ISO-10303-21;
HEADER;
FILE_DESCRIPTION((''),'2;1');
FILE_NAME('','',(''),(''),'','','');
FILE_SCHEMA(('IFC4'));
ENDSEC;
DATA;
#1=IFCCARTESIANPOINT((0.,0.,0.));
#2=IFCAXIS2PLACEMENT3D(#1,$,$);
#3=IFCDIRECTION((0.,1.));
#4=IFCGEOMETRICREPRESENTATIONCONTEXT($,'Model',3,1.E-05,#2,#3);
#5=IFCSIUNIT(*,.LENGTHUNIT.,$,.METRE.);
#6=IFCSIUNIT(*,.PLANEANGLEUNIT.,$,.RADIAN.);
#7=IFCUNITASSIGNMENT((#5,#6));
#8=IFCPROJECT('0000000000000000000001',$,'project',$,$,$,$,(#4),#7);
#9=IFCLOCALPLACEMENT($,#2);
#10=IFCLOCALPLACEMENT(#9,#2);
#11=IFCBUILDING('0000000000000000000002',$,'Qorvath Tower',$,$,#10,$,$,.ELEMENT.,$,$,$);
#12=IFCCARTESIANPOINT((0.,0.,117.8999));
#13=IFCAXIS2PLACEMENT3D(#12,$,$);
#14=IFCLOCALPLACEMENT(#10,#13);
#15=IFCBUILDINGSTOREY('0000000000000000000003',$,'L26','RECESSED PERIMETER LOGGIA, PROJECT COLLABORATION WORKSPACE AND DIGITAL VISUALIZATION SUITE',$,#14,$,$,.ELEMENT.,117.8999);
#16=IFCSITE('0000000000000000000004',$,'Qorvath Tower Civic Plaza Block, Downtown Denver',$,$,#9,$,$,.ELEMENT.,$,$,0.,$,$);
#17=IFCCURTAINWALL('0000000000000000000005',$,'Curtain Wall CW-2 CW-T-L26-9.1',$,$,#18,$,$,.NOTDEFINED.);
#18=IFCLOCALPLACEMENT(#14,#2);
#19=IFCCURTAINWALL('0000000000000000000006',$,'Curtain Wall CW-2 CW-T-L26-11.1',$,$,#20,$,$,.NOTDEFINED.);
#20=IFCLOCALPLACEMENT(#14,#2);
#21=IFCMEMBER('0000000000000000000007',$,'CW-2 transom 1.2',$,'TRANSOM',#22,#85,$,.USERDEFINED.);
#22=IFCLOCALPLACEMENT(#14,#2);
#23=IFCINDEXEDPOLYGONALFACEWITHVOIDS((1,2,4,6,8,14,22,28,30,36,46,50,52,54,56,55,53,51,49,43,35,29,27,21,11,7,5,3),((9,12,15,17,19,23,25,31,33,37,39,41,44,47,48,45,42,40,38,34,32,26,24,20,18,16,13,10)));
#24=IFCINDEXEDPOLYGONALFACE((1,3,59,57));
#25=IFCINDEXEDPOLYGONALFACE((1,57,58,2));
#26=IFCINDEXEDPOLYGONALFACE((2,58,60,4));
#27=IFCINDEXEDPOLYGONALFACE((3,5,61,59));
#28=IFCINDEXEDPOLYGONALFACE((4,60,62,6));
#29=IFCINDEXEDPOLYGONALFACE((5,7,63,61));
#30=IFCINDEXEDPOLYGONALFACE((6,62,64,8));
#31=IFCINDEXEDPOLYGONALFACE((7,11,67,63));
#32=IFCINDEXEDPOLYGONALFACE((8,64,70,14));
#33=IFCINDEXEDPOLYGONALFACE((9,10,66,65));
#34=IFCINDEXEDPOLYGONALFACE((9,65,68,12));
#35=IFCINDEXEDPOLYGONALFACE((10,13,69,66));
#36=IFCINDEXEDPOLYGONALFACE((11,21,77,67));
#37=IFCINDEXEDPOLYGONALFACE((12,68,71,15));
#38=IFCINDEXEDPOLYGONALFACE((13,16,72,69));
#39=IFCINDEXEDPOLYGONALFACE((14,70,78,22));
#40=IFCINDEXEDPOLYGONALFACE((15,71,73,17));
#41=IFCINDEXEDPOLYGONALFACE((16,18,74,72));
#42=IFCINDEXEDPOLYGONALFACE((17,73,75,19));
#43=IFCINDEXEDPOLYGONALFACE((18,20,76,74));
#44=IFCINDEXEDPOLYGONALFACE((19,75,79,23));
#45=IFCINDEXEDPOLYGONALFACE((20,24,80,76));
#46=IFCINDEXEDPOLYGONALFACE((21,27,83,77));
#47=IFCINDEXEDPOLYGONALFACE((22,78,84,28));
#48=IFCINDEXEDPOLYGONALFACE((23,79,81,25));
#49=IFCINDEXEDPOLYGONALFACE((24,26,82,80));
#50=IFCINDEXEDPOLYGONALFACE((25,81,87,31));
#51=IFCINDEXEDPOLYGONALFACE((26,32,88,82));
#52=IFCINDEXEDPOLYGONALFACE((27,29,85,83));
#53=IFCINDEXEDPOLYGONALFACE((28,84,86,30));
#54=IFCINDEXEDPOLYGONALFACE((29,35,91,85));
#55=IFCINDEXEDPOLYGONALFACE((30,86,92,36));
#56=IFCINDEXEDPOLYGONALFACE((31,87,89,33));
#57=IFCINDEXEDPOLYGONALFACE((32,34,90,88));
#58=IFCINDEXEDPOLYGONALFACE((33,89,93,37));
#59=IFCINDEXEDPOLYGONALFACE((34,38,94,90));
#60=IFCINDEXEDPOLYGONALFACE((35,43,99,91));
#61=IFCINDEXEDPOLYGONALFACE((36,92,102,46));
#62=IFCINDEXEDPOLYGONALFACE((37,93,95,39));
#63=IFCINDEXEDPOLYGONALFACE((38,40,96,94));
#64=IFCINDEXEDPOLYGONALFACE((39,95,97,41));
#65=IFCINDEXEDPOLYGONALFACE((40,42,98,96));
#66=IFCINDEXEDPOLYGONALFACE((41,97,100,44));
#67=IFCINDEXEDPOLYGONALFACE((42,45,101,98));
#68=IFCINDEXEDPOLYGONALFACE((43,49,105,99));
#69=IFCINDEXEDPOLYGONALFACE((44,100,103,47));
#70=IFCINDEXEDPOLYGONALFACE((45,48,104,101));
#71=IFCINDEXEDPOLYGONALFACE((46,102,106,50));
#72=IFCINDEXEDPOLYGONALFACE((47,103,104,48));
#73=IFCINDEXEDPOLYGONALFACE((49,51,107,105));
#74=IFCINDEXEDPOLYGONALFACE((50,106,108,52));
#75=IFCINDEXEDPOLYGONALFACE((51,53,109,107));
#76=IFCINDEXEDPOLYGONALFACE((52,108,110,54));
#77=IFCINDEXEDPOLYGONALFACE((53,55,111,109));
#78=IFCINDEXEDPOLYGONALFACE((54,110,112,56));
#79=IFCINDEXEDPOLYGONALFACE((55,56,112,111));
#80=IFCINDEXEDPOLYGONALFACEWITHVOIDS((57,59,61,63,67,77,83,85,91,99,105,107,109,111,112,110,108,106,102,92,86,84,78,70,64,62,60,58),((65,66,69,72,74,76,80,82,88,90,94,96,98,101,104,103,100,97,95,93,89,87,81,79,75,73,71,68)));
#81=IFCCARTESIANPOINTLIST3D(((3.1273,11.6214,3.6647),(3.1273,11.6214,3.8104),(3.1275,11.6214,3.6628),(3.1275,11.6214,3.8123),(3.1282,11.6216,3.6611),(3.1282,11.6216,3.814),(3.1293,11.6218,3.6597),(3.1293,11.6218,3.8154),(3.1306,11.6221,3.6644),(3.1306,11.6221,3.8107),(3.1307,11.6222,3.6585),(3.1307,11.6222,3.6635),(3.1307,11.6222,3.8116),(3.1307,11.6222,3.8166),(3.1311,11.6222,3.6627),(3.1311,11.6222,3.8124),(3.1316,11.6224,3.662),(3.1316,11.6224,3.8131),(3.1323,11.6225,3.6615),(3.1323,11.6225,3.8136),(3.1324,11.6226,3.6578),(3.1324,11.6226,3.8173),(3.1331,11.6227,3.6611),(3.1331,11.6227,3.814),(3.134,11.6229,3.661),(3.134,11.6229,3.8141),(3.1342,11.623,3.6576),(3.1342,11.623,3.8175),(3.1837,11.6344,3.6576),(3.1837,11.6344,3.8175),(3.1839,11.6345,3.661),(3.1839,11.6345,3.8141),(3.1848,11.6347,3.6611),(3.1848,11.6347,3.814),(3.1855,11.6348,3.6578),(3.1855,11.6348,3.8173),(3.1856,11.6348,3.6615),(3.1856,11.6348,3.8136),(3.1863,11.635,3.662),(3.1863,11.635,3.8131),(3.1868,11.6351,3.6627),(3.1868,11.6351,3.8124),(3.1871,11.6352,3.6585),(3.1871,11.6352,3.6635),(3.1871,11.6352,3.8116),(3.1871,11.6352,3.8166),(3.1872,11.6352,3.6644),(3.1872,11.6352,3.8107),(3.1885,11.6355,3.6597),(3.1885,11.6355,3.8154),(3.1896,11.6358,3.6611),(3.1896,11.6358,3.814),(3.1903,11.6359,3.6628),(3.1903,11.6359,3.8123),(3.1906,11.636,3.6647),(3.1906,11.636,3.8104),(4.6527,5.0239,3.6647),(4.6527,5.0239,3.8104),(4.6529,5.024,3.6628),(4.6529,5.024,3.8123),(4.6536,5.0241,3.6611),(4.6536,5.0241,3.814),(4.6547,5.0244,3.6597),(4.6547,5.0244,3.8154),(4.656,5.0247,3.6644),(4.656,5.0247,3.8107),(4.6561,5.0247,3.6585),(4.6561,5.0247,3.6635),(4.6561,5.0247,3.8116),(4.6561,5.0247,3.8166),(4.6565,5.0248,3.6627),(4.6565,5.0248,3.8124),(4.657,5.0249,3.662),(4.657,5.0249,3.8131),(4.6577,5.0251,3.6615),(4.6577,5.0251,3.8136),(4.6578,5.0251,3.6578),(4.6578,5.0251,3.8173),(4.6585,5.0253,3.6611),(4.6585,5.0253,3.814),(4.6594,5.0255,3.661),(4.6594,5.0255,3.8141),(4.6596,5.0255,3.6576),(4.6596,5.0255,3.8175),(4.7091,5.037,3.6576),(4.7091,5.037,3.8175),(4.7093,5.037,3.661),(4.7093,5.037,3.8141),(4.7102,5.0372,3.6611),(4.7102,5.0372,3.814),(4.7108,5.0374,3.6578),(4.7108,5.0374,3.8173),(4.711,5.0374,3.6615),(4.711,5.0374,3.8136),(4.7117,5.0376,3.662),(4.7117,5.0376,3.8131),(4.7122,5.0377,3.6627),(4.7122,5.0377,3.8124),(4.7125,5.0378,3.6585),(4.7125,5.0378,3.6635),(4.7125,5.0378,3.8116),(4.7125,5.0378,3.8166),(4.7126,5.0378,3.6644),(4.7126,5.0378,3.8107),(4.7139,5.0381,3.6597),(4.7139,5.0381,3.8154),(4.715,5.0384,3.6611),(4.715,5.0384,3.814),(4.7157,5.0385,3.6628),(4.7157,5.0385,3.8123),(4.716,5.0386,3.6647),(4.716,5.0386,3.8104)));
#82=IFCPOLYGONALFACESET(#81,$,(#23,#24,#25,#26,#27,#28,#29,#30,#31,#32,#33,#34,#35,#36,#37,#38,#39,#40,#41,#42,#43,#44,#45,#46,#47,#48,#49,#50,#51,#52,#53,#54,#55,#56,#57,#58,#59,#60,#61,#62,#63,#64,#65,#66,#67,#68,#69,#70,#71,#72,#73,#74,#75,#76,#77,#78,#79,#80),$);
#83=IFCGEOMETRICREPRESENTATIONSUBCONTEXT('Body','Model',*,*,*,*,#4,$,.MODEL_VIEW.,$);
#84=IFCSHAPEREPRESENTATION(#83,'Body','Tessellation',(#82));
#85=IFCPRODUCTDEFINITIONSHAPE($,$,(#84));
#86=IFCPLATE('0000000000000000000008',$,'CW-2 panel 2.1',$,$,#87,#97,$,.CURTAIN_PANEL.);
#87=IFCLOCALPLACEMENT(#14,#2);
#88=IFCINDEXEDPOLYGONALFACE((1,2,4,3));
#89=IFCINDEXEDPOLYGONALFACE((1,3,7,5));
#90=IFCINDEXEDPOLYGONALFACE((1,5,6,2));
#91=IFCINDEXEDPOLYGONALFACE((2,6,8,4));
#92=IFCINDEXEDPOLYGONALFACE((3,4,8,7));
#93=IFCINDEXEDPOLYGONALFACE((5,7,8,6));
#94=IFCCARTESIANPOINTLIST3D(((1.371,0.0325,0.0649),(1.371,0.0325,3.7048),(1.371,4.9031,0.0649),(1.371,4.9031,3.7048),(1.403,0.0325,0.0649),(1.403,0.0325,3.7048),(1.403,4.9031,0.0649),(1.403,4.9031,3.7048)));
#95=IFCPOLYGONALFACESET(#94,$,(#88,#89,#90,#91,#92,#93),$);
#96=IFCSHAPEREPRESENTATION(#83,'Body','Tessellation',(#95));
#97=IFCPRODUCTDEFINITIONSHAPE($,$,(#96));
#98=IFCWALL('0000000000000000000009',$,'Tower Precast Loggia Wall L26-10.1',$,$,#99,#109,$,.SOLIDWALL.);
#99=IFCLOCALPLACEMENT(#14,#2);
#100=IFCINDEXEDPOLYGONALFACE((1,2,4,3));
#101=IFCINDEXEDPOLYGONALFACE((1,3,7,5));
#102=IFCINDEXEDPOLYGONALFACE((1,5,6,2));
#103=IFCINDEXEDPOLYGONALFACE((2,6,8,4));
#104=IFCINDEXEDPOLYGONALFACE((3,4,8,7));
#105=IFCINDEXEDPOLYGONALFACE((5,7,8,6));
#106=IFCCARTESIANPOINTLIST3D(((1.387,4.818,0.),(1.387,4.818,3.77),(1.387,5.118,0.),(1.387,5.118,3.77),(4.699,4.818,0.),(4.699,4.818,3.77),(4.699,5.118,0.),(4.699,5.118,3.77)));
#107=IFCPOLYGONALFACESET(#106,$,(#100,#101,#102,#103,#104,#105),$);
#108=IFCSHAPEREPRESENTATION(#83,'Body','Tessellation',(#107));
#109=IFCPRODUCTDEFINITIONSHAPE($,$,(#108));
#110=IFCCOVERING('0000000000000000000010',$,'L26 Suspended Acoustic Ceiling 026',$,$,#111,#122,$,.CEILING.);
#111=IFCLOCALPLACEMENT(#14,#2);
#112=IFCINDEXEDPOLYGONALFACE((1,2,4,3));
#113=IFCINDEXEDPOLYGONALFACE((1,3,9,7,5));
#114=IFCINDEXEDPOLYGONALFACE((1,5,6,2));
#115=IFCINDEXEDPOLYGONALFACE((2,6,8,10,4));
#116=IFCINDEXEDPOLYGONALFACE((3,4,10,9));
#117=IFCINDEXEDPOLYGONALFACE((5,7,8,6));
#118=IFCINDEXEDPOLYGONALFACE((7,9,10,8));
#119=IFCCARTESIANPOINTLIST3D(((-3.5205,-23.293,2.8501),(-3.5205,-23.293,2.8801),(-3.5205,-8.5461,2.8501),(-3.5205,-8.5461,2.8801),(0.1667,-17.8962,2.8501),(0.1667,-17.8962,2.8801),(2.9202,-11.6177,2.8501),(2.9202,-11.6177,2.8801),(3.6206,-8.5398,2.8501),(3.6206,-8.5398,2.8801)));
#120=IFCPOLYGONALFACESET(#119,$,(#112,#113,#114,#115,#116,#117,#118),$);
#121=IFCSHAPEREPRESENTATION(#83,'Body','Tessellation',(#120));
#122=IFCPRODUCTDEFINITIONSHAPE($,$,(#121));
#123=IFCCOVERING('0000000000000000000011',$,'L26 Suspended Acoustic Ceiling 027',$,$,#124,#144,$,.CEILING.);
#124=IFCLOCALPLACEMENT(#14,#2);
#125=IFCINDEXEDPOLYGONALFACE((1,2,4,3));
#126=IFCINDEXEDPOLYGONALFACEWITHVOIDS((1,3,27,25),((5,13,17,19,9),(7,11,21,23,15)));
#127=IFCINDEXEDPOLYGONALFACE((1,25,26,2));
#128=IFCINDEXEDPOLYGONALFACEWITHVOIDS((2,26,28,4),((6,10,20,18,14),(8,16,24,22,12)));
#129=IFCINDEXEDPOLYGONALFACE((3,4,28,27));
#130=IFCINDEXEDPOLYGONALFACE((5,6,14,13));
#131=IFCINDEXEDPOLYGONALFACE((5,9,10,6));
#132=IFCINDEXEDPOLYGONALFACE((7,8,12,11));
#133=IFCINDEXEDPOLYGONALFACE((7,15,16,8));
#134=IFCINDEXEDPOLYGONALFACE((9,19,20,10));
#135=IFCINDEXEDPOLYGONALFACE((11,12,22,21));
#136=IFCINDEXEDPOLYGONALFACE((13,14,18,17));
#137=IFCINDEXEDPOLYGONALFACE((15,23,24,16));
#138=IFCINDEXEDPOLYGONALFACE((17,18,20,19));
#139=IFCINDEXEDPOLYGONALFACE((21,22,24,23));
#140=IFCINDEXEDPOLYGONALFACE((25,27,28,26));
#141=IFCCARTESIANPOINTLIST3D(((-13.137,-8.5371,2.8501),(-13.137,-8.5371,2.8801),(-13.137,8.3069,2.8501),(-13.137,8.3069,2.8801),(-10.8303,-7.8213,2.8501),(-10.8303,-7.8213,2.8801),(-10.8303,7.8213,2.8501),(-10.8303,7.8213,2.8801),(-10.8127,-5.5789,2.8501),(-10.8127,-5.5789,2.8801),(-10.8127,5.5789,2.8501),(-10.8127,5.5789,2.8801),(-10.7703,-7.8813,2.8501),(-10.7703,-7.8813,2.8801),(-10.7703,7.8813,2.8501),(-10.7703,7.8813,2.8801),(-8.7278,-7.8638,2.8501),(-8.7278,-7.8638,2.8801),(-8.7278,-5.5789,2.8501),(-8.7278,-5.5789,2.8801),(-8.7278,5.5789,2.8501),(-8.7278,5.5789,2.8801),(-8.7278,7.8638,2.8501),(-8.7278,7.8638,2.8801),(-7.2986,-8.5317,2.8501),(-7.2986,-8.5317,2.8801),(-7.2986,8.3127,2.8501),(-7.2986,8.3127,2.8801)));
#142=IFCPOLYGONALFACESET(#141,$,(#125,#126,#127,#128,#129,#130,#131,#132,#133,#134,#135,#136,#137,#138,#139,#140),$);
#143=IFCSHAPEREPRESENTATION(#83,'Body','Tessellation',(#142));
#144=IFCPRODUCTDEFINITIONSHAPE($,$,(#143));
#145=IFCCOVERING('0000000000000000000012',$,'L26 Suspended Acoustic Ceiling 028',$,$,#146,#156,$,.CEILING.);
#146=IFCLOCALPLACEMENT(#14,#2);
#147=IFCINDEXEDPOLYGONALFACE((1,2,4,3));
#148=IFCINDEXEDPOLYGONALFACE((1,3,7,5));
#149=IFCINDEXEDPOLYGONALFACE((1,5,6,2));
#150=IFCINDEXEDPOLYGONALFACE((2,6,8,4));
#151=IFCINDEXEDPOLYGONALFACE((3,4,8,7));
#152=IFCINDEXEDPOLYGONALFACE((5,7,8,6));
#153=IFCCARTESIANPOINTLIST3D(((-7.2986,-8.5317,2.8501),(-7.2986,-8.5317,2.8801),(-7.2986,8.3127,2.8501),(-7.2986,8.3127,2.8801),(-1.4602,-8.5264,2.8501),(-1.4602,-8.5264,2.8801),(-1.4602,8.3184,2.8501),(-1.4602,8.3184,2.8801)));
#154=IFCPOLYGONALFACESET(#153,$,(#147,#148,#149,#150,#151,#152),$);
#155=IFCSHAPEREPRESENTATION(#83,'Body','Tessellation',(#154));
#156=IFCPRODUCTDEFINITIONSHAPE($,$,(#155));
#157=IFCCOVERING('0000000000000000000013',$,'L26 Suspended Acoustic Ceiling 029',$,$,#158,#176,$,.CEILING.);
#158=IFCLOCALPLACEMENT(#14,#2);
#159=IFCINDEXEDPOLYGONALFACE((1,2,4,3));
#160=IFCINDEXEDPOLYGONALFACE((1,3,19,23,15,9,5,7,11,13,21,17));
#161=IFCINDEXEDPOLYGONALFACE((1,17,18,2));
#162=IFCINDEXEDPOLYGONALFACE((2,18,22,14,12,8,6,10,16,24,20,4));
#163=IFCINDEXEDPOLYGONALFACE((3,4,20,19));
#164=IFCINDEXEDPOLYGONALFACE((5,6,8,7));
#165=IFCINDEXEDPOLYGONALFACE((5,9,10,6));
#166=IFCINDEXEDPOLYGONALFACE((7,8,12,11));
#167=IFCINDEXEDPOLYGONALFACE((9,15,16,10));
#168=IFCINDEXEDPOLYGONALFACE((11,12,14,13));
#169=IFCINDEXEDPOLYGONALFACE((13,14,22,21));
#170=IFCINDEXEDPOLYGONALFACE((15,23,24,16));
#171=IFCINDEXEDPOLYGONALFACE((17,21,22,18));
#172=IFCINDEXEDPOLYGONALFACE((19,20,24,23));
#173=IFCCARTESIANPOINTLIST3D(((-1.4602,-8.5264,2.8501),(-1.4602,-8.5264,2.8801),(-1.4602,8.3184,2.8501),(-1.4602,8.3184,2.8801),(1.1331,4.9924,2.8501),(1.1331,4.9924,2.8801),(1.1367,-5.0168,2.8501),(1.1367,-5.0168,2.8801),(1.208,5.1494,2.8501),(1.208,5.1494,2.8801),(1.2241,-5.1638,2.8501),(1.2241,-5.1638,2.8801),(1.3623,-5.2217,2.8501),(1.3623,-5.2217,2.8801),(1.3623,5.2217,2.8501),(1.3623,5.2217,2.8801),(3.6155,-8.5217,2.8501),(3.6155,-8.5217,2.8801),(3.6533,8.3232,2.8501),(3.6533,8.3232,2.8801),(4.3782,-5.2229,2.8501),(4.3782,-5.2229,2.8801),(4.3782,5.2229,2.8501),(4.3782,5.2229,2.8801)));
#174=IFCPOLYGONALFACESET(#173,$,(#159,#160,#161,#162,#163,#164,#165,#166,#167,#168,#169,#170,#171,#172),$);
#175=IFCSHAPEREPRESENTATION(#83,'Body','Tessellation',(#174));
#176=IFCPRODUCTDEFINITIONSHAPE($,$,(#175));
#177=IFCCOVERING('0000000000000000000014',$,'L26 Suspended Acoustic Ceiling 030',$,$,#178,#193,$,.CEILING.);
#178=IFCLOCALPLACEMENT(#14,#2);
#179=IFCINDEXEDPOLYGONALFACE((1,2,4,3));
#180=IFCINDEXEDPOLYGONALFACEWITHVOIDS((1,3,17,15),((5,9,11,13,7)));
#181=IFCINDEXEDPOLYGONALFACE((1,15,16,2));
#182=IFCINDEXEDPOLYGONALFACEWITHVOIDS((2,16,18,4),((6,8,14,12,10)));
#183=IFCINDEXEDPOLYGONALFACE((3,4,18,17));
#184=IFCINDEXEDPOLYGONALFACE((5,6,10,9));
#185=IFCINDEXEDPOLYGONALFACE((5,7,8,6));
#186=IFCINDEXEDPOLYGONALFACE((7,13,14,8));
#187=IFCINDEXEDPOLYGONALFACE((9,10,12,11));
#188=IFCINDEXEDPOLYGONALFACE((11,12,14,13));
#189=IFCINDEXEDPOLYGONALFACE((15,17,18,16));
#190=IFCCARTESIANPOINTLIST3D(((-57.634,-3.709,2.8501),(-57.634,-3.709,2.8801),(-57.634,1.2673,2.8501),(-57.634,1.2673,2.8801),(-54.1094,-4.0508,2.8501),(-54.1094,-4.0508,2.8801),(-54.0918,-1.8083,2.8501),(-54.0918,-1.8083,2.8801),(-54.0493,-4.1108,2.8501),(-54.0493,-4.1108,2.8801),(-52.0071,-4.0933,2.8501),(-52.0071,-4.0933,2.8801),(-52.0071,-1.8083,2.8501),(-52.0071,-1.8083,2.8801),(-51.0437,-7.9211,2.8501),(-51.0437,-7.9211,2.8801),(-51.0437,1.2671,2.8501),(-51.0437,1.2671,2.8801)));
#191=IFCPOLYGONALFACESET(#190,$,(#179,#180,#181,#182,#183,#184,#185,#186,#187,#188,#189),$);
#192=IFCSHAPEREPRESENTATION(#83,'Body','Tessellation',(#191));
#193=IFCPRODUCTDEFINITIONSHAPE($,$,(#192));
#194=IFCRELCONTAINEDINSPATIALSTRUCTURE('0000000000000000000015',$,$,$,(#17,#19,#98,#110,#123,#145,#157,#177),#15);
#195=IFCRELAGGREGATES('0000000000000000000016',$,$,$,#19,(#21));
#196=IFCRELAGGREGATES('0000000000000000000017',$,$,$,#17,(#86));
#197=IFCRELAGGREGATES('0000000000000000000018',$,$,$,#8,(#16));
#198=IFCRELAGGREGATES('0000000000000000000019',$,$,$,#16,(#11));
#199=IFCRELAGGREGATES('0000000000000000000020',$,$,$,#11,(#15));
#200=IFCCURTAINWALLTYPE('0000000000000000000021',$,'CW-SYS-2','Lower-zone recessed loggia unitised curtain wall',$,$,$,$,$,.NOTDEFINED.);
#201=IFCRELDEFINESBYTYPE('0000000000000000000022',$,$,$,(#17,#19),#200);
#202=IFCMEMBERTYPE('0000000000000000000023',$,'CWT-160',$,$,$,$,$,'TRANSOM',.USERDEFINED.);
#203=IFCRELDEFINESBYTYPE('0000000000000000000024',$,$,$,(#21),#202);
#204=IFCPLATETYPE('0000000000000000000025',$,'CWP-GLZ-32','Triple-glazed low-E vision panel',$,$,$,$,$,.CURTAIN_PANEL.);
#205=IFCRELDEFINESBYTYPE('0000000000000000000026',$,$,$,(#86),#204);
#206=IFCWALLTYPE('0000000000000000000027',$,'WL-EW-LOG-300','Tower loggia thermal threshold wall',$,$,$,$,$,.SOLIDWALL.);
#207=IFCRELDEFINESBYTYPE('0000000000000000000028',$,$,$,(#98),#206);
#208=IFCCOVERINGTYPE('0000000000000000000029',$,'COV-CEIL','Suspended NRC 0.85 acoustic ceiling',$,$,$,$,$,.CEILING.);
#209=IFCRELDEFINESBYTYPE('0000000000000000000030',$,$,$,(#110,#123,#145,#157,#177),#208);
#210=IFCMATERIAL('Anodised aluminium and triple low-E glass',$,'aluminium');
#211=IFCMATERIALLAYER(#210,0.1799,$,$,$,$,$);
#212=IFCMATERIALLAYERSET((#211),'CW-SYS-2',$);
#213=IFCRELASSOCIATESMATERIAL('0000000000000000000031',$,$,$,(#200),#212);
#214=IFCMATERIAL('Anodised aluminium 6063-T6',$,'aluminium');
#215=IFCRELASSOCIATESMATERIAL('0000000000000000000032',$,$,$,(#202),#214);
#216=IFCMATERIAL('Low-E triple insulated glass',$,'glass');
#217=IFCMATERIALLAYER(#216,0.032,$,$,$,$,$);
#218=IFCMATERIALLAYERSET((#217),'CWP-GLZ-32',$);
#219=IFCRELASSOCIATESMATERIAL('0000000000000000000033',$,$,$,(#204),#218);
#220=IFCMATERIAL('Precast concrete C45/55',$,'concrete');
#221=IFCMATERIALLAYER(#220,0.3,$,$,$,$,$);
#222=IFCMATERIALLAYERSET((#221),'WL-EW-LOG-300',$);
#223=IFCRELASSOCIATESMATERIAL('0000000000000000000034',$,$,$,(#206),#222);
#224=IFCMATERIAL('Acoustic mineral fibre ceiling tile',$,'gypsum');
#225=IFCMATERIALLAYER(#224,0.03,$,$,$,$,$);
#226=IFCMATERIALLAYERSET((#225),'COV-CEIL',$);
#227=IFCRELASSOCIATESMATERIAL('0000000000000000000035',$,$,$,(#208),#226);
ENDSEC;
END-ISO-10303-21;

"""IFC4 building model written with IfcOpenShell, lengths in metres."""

from ifc_helpers import new_model, si_unit, direction, frame, frame_2d, origin, origin_2d, place, context, subcontext, project, spatial, polyline, rectangle, hollow_rectangle, outline, extrude, material, layer, layer_set, material_profile, profile_set, type_object, element, aggregate, save


model = new_model("IFC4")

# Units and contexts
model_context = context("Model", 3, precision=1e-05, world=origin(), true_north=direction((0.0, 1.0)))
body_context = subcontext(model_context, "Body", "Model", "MODEL_VIEW")
ifc_project = project(units=[si_unit("LENGTHUNIT", "METRE"), si_unit("PLANEANGLEUNIT", "RADIAN")], contexts=[model_context])

# Site, building, storey
site_placement = place(None, origin())
site = spatial("IfcSite", under=ifc_project, at=site_placement, Name="Qorvath Tower Civic Plaza Block, Downtown Denver", CompositionType="ELEMENT", RefElevation=0.0)
building_placement = place(site_placement, origin())
building = spatial("IfcBuilding", under=site, at=building_placement, Name="Qorvath Tower", CompositionType="ELEMENT")
storey_placement = place(building_placement, frame((0.0, 0.0, 117.8999)))
storey = spatial("IfcBuildingStorey", under=building, at=storey_placement, Name="L26", Description="RECESSED PERIMETER LOGGIA, PROJECT COLLABORATION WORKSPACE AND DIGITAL VISUALIZATION SUITE", CompositionType="ELEMENT", Elevation=117.8999)

# Curtain wall
ifc_material_1 = material(Name="Anodised aluminium and triple low-E glass", Category="aluminium")
ifc_layer_1 = layer(ifc_material_1, 0.1799)
ifc_layer_set_1 = layer_set([ifc_layer_1], Name="CW-SYS-2")
curtain_wall_type = type_object("IfcCurtainWallType", Name="CW-SYS-2", Description="Lower-zone recessed loggia unitised curtain wall", PredefinedType="NOTDEFINED", material=ifc_layer_set_1)
curtain_wall_1_placement = place(storey_placement, origin())
curtain_wall_1 = element("IfcCurtainWall", 1, at=curtain_wall_1_placement, inside=storey, type_object=curtain_wall_type, Name="Curtain Wall CW-2 CW-T-L26-9.1", PredefinedType="NOTDEFINED")

# Curtain wall
curtain_wall_2_placement = place(storey_placement, origin())
curtain_wall_2 = element("IfcCurtainWall", 2, at=curtain_wall_2_placement, inside=storey, type_object=curtain_wall_type, Name="Curtain Wall CW-2 CW-T-L26-11.1", PredefinedType="NOTDEFINED")

# Member
ifc_material_2 = material(Name="Anodised aluminium 6063-T6", Category="aluminium")
ifc_material_profile_1 = material_profile(ifc_material_2, hollow_rectangle(XDim=0.0649, YDim=0.1599, WallThickness=0.0034, InnerFilletRadius=0.0034, OuterFilletRadius=0.0071, at=origin_2d()), Name="CWT 160x65")
ifc_profile_set_1 = profile_set([ifc_material_profile_1], Name="Anodised aluminium 6063-T6")
member_type_1 = type_object("IfcMemberType", Name="CWT-160", ElementType="TRANSOM", PredefinedType="USERDEFINED", material=ifc_profile_set_1)
member_1_placement = place(storey_placement, frame((4.6843, 5.0312, 3.7375), z_axis=(-0.225268, 0.974297, 0.0), x_axis=(-0.974297, -0.225268, 0.0)))
member_1 = element("IfcMember", 3, at=member_1_placement, type_object=member_type_1, Name="CW-2 transom 1.2", ObjectType="TRANSOM", PredefinedType="USERDEFINED", context=body_context, shape_type="SweptSolid", body=[
    extrude(hollow_rectangle(XDim=0.0649, YDim=0.1599, WallThickness=0.0034, InnerFilletRadius=0.0034, OuterFilletRadius=0.0071, at=origin_2d()), origin(), (0.0, 0.0, 1.0), 6.7715),
])
aggregate(curtain_wall_2, [member_1])

# Plate
ifc_material_3 = material(Name="Low-E triple insulated glass", Category="glass")
ifc_layer_2 = layer(ifc_material_3, 0.032)
ifc_layer_set_2 = layer_set([ifc_layer_2], Name="CWP-GLZ-32")
plate_type = type_object("IfcPlateType", Name="CWP-GLZ-32", Description="Triple-glazed low-E vision panel", PredefinedType="CURTAIN_PANEL", material=ifc_layer_set_2)
plate_placement = place(storey_placement, frame((1.387, 2.4678, 0.0649), z_axis=(0.0, 0.0, 1.0), x_axis=(0.0, 1.0, 0.0)))
plate = element("IfcPlate", 4, at=plate_placement, type_object=plate_type, Name="CW-2 panel 2.1", PredefinedType="CURTAIN_PANEL", context=body_context, shape_type="SweptSolid", body=[
    extrude(rectangle(XDim=4.8706, YDim=0.032, at=origin_2d()), origin(), (0.0, 0.0, 1.0), 3.6399),
])
aggregate(curtain_wall_1, [plate])

# Wall
ifc_material_4 = material(Name="Precast concrete C45/55", Category="concrete")
ifc_layer_3 = layer(ifc_material_4, 0.3)
ifc_layer_set_3 = layer_set([ifc_layer_3], Name="WL-EW-LOG-300")
wall_type = type_object("IfcWallType", Name="WL-EW-LOG-300", Description="Tower loggia thermal threshold wall", PredefinedType="SOLIDWALL", material=ifc_layer_set_3)
wall_placement = place(storey_placement, frame((1.387, 4.968, 0.0), z_axis=(0.0, 0.0, 1.0), x_axis=(1.0, 0.0, 0.0)))
element("IfcWall", 5, at=wall_placement, inside=storey, type_object=wall_type, Name="Tower Precast Loggia Wall L26-10.1", PredefinedType="SOLIDWALL", context=body_context, shape_type="SweptSolid", body=[
    extrude(rectangle(XDim=3.312, YDim=0.3, at=frame_2d((1.656, 0.0))), origin(), (0.0, 0.0, 1.0), 3.77),
])

# Coverings
ifc_material_5 = material(Name="Acoustic mineral fibre ceiling tile", Category="gypsum")
ifc_layer_4 = layer(ifc_material_5, 0.03)
ifc_layer_set_4 = layer_set([ifc_layer_4], Name="COV-CEIL")
covering_type_1 = type_object("IfcCoveringType", Name="COV-CEIL", Description="Suspended NRC 0.85 acoustic ceiling", PredefinedType="CEILING", material=ifc_layer_set_4)
covering_1_placement = place(storey_placement, frame((0.0, 0.0, 2.8501)))
element("IfcCovering", 6, at=covering_1_placement, inside=storey, type_object=covering_type_1, Name="L26 Suspended Acoustic Ceiling 026", PredefinedType="CEILING", context=body_context, shape_type="SweptSolid", body=[
    extrude(outline(polyline([(-3.5205, -8.5461), (-3.5205, -23.293), (0.1667, -17.8962), (2.9202, -11.6177), (3.6206, -8.5398), (-3.5205, -8.5461)])), origin(), (0.0, 0.0, 1.0), 0.03),
])
covering_2_placement = place(storey_placement, frame((0.0, 0.0, 2.8501)))
element("IfcCovering", 7, at=covering_2_placement, inside=storey, type_object=covering_type_1, Name="L26 Suspended Acoustic Ceiling 027", PredefinedType="CEILING", context=body_context, shape_type="SweptSolid", body=[
    extrude(outline(polyline([(-7.2986, -8.5317), (-7.2986, 8.3127), (-13.137, 8.3069), (-13.137, -8.5371), (-7.2986, -8.5317)]), holes=[polyline([(-10.8303, 7.8213), (-10.7703, 7.8813), (-8.7278, 7.8638), (-8.7278, 5.5789), (-10.8127, 5.5789), (-10.8303, 7.8213)]), polyline([(-10.8303, -7.8213), (-10.8127, -5.5789), (-8.7278, -5.5789), (-8.7278, -7.8638), (-10.7703, -7.8813), (-10.8303, -7.8213)])]), origin(), (0.0, 0.0, 1.0), 0.03),
])
covering_3_placement = place(storey_placement, frame((0.0, 0.0, 2.8501)))
element("IfcCovering", 8, at=covering_3_placement, inside=storey, type_object=covering_type_1, Name="L26 Suspended Acoustic Ceiling 028", PredefinedType="CEILING", context=body_context, shape_type="SweptSolid", body=[
    extrude(outline(polyline([(-1.4602, -8.5264), (-1.4602, 8.3184), (-7.2986, 8.3127), (-7.2986, -8.5317), (-1.4602, -8.5264)])), origin(), (0.0, 0.0, 1.0), 0.03),
])
covering_4_placement = place(storey_placement, frame((0.0, 0.0, 2.8501)))
element("IfcCovering", 9, at=covering_4_placement, inside=storey, type_object=covering_type_1, Name="L26 Suspended Acoustic Ceiling 029", PredefinedType="CEILING", context=body_context, shape_type="SweptSolid", body=[
    extrude(outline(polyline([(1.208, 5.1494), (1.3623, 5.2217), (4.3782, 5.2229), (3.6533, 8.3232), (-1.4602, 8.3184), (-1.4602, -8.5264), (3.6155, -8.5217), (4.3782, -5.2229), (1.3623, -5.2217), (1.2241, -5.1638), (1.1367, -5.0168), (1.1331, 4.9924), (1.208, 5.1494)])), origin(), (0.0, 0.0, 1.0), 0.03),
])
covering_5_placement = place(storey_placement, frame((0.0, 0.0, 2.8501)))
element("IfcCovering", 10, at=covering_5_placement, inside=storey, type_object=covering_type_1, Name="L26 Suspended Acoustic Ceiling 030", PredefinedType="CEILING", context=body_context, shape_type="SweptSolid", body=[
    extrude(outline(polyline([(-51.0437, -7.9211), (-51.0437, 1.2671), (-57.634, 1.2673), (-57.634, -3.709), (-51.0437, -7.9211)]), holes=[polyline([(-54.1094, -4.0508), (-54.0918, -1.8083), (-52.0071, -1.8083), (-52.0071, -4.0933), (-54.0493, -4.1108), (-54.1094, -4.0508)])]), origin(), (0.0, 0.0, 1.0), 0.03),
])

save(model, "model.ifc")
